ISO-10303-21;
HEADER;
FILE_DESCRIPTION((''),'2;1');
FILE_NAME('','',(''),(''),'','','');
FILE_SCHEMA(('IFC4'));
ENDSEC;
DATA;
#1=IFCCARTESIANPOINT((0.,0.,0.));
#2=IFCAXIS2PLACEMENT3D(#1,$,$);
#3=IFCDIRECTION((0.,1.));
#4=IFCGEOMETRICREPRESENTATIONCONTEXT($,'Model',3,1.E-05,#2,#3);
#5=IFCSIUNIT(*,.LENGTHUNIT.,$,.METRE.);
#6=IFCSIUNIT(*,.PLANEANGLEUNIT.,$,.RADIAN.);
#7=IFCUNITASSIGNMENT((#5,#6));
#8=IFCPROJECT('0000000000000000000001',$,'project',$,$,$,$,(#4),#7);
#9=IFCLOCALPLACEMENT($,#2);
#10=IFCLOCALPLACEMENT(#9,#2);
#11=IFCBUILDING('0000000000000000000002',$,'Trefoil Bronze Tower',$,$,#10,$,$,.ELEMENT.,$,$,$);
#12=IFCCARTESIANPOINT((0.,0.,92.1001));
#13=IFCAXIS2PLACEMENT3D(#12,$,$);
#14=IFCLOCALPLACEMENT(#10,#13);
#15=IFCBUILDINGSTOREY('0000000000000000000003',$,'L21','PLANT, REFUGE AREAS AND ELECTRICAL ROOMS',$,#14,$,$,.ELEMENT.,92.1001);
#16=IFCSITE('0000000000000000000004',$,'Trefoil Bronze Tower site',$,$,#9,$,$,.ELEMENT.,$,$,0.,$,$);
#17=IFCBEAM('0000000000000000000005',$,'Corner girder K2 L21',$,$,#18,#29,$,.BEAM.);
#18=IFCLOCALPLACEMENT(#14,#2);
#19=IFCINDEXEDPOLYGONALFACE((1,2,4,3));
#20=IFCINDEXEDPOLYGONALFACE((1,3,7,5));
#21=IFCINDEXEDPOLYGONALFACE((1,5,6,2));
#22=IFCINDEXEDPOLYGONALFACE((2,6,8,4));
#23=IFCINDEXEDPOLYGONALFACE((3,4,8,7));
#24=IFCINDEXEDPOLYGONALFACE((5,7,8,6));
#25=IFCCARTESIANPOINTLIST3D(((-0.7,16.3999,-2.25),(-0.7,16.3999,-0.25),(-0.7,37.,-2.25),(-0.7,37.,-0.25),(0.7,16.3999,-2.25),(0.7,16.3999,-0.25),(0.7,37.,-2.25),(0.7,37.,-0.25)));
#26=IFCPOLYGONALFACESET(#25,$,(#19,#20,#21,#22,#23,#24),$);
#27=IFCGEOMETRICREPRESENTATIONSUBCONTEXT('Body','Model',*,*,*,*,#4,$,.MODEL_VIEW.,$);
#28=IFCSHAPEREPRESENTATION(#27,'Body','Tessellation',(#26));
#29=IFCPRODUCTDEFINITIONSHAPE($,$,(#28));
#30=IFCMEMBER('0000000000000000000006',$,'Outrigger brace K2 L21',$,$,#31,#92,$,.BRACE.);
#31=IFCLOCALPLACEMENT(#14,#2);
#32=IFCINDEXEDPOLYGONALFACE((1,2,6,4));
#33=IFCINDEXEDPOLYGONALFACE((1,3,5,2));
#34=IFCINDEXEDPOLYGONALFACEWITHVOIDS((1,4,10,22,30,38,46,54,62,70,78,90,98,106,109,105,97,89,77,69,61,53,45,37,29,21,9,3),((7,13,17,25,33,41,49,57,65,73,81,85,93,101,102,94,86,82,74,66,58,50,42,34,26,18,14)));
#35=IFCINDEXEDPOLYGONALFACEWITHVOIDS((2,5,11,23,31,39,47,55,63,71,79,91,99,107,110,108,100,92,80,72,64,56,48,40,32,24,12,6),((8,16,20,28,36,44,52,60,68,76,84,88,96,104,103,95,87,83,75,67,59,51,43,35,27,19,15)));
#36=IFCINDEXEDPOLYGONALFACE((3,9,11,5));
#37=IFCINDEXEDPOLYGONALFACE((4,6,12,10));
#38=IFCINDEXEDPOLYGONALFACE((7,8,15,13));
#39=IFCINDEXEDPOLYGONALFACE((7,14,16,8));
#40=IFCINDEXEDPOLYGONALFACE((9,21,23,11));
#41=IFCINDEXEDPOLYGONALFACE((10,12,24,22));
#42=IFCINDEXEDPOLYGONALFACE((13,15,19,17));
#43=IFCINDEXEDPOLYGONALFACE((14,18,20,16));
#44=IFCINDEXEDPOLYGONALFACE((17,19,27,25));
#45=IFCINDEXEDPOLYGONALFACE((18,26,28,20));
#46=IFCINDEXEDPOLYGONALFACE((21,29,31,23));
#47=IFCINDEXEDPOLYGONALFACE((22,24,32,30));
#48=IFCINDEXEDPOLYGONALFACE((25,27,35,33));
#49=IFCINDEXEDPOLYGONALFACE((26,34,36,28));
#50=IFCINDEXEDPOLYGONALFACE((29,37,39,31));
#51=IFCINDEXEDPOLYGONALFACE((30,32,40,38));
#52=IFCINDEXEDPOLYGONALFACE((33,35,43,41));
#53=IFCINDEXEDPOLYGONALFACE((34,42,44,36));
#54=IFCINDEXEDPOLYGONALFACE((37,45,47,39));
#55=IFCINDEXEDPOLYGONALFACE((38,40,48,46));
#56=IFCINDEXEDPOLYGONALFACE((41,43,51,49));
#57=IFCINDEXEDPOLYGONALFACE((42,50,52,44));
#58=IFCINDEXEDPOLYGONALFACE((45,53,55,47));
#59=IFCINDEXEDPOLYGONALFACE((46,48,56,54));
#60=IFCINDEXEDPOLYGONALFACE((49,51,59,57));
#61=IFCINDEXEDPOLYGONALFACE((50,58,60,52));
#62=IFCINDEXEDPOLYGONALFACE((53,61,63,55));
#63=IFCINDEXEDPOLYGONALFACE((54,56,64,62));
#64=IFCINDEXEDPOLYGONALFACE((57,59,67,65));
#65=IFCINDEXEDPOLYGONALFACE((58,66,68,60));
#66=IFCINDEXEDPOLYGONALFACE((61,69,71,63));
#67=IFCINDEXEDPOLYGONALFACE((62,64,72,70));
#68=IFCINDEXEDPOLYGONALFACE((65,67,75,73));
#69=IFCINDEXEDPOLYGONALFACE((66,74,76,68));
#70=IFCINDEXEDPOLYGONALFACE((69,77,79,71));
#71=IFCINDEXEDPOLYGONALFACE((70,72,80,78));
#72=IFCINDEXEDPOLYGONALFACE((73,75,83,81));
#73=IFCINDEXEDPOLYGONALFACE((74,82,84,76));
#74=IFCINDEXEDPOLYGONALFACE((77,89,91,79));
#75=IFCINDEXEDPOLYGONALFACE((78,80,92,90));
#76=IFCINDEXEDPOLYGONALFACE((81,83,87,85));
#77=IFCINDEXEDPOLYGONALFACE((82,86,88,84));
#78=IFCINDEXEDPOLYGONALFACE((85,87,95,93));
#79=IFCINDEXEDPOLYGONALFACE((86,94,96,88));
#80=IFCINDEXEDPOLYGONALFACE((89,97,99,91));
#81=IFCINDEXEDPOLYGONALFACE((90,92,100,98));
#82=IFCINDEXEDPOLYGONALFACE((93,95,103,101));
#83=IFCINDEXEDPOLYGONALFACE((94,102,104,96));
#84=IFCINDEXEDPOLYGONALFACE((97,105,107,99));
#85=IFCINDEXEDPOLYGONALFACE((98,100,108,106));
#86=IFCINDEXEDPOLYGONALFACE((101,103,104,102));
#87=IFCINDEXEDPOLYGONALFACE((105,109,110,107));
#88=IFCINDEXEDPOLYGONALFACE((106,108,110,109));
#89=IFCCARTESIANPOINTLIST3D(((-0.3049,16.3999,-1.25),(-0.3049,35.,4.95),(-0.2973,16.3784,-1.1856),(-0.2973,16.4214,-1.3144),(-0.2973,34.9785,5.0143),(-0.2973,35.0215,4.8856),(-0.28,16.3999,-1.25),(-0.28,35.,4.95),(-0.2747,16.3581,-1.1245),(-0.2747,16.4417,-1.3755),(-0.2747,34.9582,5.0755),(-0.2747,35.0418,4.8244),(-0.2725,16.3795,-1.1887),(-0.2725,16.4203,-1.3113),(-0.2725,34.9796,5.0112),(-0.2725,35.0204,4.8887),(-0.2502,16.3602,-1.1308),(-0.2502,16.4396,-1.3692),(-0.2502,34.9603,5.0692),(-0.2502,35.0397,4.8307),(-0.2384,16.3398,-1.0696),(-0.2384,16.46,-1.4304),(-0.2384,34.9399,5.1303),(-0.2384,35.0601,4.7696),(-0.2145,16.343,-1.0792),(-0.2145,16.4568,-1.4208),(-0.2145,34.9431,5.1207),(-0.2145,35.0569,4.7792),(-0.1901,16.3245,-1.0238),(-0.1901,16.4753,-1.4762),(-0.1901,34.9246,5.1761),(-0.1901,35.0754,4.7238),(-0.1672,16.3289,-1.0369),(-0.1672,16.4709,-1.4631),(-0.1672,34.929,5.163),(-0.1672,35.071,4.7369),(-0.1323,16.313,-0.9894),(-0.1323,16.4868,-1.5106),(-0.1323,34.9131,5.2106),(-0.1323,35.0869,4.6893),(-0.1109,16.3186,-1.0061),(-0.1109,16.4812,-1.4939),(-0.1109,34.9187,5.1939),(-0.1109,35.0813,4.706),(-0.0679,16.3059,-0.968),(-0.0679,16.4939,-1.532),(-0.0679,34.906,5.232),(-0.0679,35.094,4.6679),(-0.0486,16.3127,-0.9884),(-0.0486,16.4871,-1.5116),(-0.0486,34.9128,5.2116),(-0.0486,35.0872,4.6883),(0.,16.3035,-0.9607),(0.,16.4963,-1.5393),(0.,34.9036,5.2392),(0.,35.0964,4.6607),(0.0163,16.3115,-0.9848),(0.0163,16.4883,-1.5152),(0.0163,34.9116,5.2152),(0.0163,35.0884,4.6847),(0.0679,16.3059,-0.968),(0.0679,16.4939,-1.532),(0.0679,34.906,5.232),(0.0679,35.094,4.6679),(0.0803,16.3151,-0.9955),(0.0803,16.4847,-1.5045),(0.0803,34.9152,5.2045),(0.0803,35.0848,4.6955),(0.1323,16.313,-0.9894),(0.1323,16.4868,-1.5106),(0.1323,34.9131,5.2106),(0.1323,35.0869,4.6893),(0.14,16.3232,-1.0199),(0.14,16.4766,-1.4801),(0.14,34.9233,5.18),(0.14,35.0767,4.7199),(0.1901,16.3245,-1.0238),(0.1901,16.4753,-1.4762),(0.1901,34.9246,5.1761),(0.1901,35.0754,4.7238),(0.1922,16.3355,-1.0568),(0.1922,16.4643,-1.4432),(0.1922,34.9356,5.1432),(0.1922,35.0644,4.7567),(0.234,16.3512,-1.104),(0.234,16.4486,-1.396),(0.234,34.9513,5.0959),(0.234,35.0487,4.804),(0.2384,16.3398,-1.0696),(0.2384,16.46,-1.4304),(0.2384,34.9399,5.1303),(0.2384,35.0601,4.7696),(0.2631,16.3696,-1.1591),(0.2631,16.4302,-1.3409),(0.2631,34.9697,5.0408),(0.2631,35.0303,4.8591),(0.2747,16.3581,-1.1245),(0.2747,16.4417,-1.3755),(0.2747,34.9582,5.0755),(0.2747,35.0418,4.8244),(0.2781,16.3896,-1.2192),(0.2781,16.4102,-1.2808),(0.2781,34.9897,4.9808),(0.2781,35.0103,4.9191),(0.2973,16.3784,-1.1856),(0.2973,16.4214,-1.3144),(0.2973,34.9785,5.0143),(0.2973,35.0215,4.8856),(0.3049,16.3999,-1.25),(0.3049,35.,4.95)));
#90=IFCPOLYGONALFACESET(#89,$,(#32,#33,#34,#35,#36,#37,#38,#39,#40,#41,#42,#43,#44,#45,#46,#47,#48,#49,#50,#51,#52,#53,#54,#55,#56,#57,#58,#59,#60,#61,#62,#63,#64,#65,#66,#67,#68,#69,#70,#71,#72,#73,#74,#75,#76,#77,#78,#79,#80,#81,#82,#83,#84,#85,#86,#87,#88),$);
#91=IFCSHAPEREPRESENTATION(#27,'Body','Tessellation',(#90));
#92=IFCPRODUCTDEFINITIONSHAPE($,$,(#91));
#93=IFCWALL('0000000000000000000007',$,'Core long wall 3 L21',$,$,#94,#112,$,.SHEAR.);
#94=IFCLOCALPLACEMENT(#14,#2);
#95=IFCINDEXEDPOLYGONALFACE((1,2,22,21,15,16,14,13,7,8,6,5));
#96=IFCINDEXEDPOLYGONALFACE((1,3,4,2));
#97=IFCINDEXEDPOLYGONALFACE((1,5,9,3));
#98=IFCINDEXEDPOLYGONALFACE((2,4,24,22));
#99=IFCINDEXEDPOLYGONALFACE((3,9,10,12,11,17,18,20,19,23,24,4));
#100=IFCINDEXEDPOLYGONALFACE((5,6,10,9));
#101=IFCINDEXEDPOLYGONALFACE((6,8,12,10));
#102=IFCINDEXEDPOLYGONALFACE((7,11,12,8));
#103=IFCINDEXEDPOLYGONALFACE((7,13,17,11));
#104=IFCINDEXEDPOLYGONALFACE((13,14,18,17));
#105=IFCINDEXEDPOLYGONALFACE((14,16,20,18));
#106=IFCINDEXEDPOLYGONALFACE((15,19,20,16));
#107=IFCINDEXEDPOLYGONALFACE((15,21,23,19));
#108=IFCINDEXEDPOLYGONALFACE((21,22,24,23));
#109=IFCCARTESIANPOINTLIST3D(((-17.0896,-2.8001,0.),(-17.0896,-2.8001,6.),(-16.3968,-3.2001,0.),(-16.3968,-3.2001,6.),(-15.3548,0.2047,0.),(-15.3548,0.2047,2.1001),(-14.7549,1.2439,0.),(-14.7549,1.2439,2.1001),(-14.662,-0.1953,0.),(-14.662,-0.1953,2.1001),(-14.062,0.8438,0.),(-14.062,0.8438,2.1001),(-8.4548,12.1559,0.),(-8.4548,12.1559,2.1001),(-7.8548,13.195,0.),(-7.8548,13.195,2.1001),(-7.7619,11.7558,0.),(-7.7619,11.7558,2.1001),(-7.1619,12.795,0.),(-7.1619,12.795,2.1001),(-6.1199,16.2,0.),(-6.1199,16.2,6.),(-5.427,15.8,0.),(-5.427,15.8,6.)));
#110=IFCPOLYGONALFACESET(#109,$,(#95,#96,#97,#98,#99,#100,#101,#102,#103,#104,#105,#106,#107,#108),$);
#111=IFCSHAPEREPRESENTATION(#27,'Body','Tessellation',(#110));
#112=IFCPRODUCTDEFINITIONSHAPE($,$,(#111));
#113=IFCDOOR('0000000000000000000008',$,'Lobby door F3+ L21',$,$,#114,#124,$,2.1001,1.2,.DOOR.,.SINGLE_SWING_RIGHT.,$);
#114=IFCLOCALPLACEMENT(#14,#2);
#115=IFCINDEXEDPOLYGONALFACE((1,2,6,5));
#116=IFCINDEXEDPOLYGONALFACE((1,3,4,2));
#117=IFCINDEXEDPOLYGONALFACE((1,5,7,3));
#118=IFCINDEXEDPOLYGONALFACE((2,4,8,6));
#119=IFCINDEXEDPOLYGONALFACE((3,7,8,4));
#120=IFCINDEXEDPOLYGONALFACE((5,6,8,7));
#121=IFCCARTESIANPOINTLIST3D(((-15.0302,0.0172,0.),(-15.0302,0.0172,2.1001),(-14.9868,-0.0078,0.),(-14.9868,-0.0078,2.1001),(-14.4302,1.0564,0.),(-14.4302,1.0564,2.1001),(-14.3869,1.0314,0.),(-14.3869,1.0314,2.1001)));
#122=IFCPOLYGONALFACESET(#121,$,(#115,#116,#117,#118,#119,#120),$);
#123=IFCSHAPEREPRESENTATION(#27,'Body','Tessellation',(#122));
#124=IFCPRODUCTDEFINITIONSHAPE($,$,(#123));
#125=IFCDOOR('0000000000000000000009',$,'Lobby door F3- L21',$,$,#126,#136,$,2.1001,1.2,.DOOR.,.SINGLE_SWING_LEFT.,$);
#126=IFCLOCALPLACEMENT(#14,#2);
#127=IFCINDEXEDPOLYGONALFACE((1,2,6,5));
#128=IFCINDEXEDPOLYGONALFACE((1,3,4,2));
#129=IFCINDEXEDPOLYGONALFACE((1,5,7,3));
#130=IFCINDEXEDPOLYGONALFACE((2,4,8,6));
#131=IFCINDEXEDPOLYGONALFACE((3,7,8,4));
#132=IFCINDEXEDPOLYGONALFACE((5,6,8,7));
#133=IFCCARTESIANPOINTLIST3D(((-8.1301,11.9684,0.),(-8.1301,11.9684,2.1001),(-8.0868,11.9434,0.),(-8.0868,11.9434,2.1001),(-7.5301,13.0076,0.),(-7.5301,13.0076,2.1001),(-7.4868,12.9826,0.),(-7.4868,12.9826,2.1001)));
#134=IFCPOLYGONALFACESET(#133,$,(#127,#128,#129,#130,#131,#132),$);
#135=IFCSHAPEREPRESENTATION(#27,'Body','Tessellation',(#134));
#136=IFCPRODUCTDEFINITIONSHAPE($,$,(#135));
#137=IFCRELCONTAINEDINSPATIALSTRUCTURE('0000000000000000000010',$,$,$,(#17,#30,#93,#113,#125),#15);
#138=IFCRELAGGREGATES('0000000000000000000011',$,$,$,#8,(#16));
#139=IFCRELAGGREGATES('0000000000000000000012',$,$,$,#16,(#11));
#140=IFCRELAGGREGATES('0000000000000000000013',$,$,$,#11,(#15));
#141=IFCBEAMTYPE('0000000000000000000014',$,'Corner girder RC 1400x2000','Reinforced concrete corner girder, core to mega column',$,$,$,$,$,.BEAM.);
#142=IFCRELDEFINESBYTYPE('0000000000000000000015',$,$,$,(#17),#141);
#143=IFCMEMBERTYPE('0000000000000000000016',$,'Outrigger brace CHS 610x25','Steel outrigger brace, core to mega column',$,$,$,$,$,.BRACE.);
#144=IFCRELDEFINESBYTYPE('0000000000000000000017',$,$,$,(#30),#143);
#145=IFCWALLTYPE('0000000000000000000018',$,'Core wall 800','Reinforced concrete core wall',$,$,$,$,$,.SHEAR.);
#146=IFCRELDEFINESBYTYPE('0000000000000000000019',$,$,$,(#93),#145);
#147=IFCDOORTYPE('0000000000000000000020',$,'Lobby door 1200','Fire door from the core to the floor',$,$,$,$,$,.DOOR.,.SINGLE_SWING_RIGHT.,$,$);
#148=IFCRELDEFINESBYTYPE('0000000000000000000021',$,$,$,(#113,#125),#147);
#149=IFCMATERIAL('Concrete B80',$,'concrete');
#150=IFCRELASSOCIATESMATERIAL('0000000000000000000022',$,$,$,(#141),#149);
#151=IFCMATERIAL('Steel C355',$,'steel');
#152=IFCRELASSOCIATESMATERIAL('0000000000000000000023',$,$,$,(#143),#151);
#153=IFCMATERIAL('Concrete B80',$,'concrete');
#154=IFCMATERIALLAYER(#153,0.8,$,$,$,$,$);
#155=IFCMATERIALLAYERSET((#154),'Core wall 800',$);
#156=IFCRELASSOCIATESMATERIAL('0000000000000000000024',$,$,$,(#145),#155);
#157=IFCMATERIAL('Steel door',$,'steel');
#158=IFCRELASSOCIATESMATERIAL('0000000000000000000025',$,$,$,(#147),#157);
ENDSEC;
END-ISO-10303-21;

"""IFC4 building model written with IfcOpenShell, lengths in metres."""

from ifc_helpers import new_model, si_unit, direction, frame, frame_2d, origin, origin_2d, place, context, subcontext, project, spatial, rectangle, hollow_circle, extrude, material, layer, layer_set, material_profile, profile_set, type_object, element, fill, save


model = new_model("IFC4")

# Units and contexts
model_context = context("Model", 3, precision=1e-05, world=origin(), true_north=direction((0.0, 1.0)))
body_context = subcontext(model_context, "Body", "Model", "MODEL_VIEW")
ifc_project = project(units=[si_unit("LENGTHUNIT", "METRE"), si_unit("PLANEANGLEUNIT", "RADIAN")], contexts=[model_context])

# Site, building, storey
site_placement = place(None, origin())
site = spatial("IfcSite", under=ifc_project, at=site_placement, Name="Trefoil Bronze Tower site", CompositionType="ELEMENT", RefElevation=0.0)
building_placement = place(site_placement, origin())
building = spatial("IfcBuilding", under=site, at=building_placement, Name="Trefoil Bronze Tower", CompositionType="ELEMENT")
storey_placement = place(building_placement, frame((0.0, 0.0, 92.1001)))
storey = spatial("IfcBuildingStorey", under=building, at=storey_placement, Name="L21", Description="PLANT, REFUGE AREAS AND ELECTRICAL ROOMS", CompositionType="ELEMENT", Elevation=92.1001)

# Beam
ifc_material_1 = material(Name="Concrete B80", Category="concrete")
ifc_material_profile_1 = material_profile(ifc_material_1, rectangle(XDim=1.3999, YDim=2.0, at=origin_2d()), Name="RC 1400x2000")
ifc_profile_set_1 = profile_set([ifc_material_profile_1], Name="Concrete B80")
beam_type_1 = type_object("IfcBeamType", Name="Corner girder RC 1400x2000", Description="Reinforced concrete corner girder, core to mega column", PredefinedType="BEAM", material=ifc_profile_set_1)
beam_1_placement = place(storey_placement, frame((0.0, 16.3999, -1.25), z_axis=(0.0, 1.0, 0.0), x_axis=(-1.0, 0.0, 0.0)))
element("IfcBeam", 1, at=beam_1_placement, inside=storey, type_object=beam_type_1, Name="Corner girder K2 L21", PredefinedType="BEAM", context=body_context, shape_type="SweptSolid", body=[
    extrude(rectangle(XDim=1.3999, YDim=2.0, at=origin_2d()), origin(), (0.0, 0.0, 1.0), 20.6001),
])

# Member
ifc_material_2 = material(Name="Steel C355", Category="steel")
ifc_material_profile_2 = material_profile(ifc_material_2, hollow_circle(Radius=0.3049, WallThickness=0.0249, at=origin_2d()), Name="CHS 610x25")
ifc_profile_set_2 = profile_set([ifc_material_profile_2], Name="Steel C355")
member_type = type_object("IfcMemberType", Name="Outrigger brace CHS 610x25", Description="Steel outrigger brace, core to mega column", PredefinedType="BRACE", material=ifc_profile_set_2)
member_placement = place(storey_placement, frame((0.0, 16.3999, -1.25), z_axis=(0.0, 0.948685, 0.316224), x_axis=(-1.0, 0.0, 0.0)))
element("IfcMember", 2, at=member_placement, inside=storey, type_object=member_type, Name="Outrigger brace K2 L21", PredefinedType="BRACE", context=body_context, shape_type="SweptSolid", body=[
    extrude(hollow_circle(Radius=0.3049, WallThickness=0.0249, at=origin_2d()), origin(), (0.0, 0.0, 1.0), 19.6062),
])

# Wall, openings, doors
ifc_material_3 = material(Name="Concrete B80", Category="concrete")
ifc_layer_1 = layer(ifc_material_3, 0.8)
ifc_layer_set_1 = layer_set([ifc_layer_1], Name="Core wall 800")
wall_type_1 = type_object("IfcWallType", Name="Core wall 800", Description="Reinforced concrete core wall", PredefinedType="SHEAR", material=ifc_layer_set_1)
wall_1_placement = place(storey_placement, frame((-5.7734, 16.0, 0.0), z_axis=(0.0, 0.0, 1.0), x_axis=(-0.500002, -0.866024, 0.0)))
wall_1 = element("IfcWall", 3, at=wall_1_placement, inside=storey, type_object=wall_type_1, Name="Core long wall 3 L21", PredefinedType="SHEAR", context=body_context, shape_type="SweptSolid", body=[
    extrude(rectangle(XDim=21.9395, YDim=0.8, at=frame_2d((10.9697, 0.0))), origin(), (0.0, 0.0, 1.0), 6.0),
])
opening_1_placement = place(wall_1_placement, frame((17.2698, 0.0, 0.0)))
opening_1 = element("IfcOpeningElement", 4, at=opening_1_placement, cuts=wall_1, PredefinedType="OPENING", context=body_context, shape_type="SweptSolid", body=[
    extrude(rectangle(XDim=1.2, YDim=2.1001, at=frame_2d((0.6001, 1.05))), frame((0.0, 0.4099, 0.0), z_axis=(0.0, -1.0, 0.0), x_axis=(1.0, 0.0, 0.0)), (0.0, 0.0, 1.0), 0.8201),
])
opening_2_placement = place(wall_1_placement, frame((3.4697, 0.0, 0.0)))
opening_2 = element("IfcOpeningElement", 5, at=opening_2_placement, cuts=wall_1, PredefinedType="OPENING", context=body_context, shape_type="SweptSolid", body=[
    extrude(rectangle(XDim=1.2, YDim=2.1001, at=frame_2d((0.6001, 1.05))), frame((0.0, 0.4099, 0.0), z_axis=(0.0, -1.0, 0.0), x_axis=(1.0, 0.0, 0.0)), (0.0, 0.0, 1.0), 0.8201),
])
ifc_material_4 = material(Name="Steel door", Category="steel")
door_type_1 = type_object("IfcDoorType", Name="Lobby door 1200", Description="Fire door from the core to the floor", OperationType="SINGLE_SWING_RIGHT", PredefinedType="DOOR", material=ifc_material_4)
door_1_placement = place(opening_1_placement, origin())
door_1 = element("IfcDoor", 6, at=door_1_placement, inside=storey, type_object=door_type_1, Name="Lobby door F3+ L21", OperationType="SINGLE_SWING_RIGHT", OverallHeight=2.1001, OverallWidth=1.2, PredefinedType="DOOR", context=body_context, shape_type="SweptSolid", body=[
    extrude(rectangle(XDim=1.2, YDim=2.1001, at=frame_2d((0.6001, 1.05))), frame((0.0, 0.0249, 0.0), z_axis=(0.0, -1.0, 0.0), x_axis=(1.0, 0.0, 0.0)), (0.0, 0.0, 1.0), 0.05),
])
fill(opening_1, door_1)
door_2_placement = place(opening_2_placement, origin())
door_2 = element("IfcDoor", 7, at=door_2_placement, inside=storey, type_object=door_type_1, Name="Lobby door F3- L21", OperationType="SINGLE_SWING_LEFT", OverallHeight=2.1001, OverallWidth=1.2, PredefinedType="DOOR", context=body_context, shape_type="SweptSolid", body=[
    extrude(rectangle(XDim=1.2, YDim=2.1001, at=frame_2d((0.6001, 1.05))), frame((0.0, 0.0249, 0.0), z_axis=(0.0, -1.0, 0.0), x_axis=(1.0, 0.0, 0.0)), (0.0, 0.0, 1.0), 0.05),
])
fill(opening_2, door_2)

save(model, "model.ifc")
